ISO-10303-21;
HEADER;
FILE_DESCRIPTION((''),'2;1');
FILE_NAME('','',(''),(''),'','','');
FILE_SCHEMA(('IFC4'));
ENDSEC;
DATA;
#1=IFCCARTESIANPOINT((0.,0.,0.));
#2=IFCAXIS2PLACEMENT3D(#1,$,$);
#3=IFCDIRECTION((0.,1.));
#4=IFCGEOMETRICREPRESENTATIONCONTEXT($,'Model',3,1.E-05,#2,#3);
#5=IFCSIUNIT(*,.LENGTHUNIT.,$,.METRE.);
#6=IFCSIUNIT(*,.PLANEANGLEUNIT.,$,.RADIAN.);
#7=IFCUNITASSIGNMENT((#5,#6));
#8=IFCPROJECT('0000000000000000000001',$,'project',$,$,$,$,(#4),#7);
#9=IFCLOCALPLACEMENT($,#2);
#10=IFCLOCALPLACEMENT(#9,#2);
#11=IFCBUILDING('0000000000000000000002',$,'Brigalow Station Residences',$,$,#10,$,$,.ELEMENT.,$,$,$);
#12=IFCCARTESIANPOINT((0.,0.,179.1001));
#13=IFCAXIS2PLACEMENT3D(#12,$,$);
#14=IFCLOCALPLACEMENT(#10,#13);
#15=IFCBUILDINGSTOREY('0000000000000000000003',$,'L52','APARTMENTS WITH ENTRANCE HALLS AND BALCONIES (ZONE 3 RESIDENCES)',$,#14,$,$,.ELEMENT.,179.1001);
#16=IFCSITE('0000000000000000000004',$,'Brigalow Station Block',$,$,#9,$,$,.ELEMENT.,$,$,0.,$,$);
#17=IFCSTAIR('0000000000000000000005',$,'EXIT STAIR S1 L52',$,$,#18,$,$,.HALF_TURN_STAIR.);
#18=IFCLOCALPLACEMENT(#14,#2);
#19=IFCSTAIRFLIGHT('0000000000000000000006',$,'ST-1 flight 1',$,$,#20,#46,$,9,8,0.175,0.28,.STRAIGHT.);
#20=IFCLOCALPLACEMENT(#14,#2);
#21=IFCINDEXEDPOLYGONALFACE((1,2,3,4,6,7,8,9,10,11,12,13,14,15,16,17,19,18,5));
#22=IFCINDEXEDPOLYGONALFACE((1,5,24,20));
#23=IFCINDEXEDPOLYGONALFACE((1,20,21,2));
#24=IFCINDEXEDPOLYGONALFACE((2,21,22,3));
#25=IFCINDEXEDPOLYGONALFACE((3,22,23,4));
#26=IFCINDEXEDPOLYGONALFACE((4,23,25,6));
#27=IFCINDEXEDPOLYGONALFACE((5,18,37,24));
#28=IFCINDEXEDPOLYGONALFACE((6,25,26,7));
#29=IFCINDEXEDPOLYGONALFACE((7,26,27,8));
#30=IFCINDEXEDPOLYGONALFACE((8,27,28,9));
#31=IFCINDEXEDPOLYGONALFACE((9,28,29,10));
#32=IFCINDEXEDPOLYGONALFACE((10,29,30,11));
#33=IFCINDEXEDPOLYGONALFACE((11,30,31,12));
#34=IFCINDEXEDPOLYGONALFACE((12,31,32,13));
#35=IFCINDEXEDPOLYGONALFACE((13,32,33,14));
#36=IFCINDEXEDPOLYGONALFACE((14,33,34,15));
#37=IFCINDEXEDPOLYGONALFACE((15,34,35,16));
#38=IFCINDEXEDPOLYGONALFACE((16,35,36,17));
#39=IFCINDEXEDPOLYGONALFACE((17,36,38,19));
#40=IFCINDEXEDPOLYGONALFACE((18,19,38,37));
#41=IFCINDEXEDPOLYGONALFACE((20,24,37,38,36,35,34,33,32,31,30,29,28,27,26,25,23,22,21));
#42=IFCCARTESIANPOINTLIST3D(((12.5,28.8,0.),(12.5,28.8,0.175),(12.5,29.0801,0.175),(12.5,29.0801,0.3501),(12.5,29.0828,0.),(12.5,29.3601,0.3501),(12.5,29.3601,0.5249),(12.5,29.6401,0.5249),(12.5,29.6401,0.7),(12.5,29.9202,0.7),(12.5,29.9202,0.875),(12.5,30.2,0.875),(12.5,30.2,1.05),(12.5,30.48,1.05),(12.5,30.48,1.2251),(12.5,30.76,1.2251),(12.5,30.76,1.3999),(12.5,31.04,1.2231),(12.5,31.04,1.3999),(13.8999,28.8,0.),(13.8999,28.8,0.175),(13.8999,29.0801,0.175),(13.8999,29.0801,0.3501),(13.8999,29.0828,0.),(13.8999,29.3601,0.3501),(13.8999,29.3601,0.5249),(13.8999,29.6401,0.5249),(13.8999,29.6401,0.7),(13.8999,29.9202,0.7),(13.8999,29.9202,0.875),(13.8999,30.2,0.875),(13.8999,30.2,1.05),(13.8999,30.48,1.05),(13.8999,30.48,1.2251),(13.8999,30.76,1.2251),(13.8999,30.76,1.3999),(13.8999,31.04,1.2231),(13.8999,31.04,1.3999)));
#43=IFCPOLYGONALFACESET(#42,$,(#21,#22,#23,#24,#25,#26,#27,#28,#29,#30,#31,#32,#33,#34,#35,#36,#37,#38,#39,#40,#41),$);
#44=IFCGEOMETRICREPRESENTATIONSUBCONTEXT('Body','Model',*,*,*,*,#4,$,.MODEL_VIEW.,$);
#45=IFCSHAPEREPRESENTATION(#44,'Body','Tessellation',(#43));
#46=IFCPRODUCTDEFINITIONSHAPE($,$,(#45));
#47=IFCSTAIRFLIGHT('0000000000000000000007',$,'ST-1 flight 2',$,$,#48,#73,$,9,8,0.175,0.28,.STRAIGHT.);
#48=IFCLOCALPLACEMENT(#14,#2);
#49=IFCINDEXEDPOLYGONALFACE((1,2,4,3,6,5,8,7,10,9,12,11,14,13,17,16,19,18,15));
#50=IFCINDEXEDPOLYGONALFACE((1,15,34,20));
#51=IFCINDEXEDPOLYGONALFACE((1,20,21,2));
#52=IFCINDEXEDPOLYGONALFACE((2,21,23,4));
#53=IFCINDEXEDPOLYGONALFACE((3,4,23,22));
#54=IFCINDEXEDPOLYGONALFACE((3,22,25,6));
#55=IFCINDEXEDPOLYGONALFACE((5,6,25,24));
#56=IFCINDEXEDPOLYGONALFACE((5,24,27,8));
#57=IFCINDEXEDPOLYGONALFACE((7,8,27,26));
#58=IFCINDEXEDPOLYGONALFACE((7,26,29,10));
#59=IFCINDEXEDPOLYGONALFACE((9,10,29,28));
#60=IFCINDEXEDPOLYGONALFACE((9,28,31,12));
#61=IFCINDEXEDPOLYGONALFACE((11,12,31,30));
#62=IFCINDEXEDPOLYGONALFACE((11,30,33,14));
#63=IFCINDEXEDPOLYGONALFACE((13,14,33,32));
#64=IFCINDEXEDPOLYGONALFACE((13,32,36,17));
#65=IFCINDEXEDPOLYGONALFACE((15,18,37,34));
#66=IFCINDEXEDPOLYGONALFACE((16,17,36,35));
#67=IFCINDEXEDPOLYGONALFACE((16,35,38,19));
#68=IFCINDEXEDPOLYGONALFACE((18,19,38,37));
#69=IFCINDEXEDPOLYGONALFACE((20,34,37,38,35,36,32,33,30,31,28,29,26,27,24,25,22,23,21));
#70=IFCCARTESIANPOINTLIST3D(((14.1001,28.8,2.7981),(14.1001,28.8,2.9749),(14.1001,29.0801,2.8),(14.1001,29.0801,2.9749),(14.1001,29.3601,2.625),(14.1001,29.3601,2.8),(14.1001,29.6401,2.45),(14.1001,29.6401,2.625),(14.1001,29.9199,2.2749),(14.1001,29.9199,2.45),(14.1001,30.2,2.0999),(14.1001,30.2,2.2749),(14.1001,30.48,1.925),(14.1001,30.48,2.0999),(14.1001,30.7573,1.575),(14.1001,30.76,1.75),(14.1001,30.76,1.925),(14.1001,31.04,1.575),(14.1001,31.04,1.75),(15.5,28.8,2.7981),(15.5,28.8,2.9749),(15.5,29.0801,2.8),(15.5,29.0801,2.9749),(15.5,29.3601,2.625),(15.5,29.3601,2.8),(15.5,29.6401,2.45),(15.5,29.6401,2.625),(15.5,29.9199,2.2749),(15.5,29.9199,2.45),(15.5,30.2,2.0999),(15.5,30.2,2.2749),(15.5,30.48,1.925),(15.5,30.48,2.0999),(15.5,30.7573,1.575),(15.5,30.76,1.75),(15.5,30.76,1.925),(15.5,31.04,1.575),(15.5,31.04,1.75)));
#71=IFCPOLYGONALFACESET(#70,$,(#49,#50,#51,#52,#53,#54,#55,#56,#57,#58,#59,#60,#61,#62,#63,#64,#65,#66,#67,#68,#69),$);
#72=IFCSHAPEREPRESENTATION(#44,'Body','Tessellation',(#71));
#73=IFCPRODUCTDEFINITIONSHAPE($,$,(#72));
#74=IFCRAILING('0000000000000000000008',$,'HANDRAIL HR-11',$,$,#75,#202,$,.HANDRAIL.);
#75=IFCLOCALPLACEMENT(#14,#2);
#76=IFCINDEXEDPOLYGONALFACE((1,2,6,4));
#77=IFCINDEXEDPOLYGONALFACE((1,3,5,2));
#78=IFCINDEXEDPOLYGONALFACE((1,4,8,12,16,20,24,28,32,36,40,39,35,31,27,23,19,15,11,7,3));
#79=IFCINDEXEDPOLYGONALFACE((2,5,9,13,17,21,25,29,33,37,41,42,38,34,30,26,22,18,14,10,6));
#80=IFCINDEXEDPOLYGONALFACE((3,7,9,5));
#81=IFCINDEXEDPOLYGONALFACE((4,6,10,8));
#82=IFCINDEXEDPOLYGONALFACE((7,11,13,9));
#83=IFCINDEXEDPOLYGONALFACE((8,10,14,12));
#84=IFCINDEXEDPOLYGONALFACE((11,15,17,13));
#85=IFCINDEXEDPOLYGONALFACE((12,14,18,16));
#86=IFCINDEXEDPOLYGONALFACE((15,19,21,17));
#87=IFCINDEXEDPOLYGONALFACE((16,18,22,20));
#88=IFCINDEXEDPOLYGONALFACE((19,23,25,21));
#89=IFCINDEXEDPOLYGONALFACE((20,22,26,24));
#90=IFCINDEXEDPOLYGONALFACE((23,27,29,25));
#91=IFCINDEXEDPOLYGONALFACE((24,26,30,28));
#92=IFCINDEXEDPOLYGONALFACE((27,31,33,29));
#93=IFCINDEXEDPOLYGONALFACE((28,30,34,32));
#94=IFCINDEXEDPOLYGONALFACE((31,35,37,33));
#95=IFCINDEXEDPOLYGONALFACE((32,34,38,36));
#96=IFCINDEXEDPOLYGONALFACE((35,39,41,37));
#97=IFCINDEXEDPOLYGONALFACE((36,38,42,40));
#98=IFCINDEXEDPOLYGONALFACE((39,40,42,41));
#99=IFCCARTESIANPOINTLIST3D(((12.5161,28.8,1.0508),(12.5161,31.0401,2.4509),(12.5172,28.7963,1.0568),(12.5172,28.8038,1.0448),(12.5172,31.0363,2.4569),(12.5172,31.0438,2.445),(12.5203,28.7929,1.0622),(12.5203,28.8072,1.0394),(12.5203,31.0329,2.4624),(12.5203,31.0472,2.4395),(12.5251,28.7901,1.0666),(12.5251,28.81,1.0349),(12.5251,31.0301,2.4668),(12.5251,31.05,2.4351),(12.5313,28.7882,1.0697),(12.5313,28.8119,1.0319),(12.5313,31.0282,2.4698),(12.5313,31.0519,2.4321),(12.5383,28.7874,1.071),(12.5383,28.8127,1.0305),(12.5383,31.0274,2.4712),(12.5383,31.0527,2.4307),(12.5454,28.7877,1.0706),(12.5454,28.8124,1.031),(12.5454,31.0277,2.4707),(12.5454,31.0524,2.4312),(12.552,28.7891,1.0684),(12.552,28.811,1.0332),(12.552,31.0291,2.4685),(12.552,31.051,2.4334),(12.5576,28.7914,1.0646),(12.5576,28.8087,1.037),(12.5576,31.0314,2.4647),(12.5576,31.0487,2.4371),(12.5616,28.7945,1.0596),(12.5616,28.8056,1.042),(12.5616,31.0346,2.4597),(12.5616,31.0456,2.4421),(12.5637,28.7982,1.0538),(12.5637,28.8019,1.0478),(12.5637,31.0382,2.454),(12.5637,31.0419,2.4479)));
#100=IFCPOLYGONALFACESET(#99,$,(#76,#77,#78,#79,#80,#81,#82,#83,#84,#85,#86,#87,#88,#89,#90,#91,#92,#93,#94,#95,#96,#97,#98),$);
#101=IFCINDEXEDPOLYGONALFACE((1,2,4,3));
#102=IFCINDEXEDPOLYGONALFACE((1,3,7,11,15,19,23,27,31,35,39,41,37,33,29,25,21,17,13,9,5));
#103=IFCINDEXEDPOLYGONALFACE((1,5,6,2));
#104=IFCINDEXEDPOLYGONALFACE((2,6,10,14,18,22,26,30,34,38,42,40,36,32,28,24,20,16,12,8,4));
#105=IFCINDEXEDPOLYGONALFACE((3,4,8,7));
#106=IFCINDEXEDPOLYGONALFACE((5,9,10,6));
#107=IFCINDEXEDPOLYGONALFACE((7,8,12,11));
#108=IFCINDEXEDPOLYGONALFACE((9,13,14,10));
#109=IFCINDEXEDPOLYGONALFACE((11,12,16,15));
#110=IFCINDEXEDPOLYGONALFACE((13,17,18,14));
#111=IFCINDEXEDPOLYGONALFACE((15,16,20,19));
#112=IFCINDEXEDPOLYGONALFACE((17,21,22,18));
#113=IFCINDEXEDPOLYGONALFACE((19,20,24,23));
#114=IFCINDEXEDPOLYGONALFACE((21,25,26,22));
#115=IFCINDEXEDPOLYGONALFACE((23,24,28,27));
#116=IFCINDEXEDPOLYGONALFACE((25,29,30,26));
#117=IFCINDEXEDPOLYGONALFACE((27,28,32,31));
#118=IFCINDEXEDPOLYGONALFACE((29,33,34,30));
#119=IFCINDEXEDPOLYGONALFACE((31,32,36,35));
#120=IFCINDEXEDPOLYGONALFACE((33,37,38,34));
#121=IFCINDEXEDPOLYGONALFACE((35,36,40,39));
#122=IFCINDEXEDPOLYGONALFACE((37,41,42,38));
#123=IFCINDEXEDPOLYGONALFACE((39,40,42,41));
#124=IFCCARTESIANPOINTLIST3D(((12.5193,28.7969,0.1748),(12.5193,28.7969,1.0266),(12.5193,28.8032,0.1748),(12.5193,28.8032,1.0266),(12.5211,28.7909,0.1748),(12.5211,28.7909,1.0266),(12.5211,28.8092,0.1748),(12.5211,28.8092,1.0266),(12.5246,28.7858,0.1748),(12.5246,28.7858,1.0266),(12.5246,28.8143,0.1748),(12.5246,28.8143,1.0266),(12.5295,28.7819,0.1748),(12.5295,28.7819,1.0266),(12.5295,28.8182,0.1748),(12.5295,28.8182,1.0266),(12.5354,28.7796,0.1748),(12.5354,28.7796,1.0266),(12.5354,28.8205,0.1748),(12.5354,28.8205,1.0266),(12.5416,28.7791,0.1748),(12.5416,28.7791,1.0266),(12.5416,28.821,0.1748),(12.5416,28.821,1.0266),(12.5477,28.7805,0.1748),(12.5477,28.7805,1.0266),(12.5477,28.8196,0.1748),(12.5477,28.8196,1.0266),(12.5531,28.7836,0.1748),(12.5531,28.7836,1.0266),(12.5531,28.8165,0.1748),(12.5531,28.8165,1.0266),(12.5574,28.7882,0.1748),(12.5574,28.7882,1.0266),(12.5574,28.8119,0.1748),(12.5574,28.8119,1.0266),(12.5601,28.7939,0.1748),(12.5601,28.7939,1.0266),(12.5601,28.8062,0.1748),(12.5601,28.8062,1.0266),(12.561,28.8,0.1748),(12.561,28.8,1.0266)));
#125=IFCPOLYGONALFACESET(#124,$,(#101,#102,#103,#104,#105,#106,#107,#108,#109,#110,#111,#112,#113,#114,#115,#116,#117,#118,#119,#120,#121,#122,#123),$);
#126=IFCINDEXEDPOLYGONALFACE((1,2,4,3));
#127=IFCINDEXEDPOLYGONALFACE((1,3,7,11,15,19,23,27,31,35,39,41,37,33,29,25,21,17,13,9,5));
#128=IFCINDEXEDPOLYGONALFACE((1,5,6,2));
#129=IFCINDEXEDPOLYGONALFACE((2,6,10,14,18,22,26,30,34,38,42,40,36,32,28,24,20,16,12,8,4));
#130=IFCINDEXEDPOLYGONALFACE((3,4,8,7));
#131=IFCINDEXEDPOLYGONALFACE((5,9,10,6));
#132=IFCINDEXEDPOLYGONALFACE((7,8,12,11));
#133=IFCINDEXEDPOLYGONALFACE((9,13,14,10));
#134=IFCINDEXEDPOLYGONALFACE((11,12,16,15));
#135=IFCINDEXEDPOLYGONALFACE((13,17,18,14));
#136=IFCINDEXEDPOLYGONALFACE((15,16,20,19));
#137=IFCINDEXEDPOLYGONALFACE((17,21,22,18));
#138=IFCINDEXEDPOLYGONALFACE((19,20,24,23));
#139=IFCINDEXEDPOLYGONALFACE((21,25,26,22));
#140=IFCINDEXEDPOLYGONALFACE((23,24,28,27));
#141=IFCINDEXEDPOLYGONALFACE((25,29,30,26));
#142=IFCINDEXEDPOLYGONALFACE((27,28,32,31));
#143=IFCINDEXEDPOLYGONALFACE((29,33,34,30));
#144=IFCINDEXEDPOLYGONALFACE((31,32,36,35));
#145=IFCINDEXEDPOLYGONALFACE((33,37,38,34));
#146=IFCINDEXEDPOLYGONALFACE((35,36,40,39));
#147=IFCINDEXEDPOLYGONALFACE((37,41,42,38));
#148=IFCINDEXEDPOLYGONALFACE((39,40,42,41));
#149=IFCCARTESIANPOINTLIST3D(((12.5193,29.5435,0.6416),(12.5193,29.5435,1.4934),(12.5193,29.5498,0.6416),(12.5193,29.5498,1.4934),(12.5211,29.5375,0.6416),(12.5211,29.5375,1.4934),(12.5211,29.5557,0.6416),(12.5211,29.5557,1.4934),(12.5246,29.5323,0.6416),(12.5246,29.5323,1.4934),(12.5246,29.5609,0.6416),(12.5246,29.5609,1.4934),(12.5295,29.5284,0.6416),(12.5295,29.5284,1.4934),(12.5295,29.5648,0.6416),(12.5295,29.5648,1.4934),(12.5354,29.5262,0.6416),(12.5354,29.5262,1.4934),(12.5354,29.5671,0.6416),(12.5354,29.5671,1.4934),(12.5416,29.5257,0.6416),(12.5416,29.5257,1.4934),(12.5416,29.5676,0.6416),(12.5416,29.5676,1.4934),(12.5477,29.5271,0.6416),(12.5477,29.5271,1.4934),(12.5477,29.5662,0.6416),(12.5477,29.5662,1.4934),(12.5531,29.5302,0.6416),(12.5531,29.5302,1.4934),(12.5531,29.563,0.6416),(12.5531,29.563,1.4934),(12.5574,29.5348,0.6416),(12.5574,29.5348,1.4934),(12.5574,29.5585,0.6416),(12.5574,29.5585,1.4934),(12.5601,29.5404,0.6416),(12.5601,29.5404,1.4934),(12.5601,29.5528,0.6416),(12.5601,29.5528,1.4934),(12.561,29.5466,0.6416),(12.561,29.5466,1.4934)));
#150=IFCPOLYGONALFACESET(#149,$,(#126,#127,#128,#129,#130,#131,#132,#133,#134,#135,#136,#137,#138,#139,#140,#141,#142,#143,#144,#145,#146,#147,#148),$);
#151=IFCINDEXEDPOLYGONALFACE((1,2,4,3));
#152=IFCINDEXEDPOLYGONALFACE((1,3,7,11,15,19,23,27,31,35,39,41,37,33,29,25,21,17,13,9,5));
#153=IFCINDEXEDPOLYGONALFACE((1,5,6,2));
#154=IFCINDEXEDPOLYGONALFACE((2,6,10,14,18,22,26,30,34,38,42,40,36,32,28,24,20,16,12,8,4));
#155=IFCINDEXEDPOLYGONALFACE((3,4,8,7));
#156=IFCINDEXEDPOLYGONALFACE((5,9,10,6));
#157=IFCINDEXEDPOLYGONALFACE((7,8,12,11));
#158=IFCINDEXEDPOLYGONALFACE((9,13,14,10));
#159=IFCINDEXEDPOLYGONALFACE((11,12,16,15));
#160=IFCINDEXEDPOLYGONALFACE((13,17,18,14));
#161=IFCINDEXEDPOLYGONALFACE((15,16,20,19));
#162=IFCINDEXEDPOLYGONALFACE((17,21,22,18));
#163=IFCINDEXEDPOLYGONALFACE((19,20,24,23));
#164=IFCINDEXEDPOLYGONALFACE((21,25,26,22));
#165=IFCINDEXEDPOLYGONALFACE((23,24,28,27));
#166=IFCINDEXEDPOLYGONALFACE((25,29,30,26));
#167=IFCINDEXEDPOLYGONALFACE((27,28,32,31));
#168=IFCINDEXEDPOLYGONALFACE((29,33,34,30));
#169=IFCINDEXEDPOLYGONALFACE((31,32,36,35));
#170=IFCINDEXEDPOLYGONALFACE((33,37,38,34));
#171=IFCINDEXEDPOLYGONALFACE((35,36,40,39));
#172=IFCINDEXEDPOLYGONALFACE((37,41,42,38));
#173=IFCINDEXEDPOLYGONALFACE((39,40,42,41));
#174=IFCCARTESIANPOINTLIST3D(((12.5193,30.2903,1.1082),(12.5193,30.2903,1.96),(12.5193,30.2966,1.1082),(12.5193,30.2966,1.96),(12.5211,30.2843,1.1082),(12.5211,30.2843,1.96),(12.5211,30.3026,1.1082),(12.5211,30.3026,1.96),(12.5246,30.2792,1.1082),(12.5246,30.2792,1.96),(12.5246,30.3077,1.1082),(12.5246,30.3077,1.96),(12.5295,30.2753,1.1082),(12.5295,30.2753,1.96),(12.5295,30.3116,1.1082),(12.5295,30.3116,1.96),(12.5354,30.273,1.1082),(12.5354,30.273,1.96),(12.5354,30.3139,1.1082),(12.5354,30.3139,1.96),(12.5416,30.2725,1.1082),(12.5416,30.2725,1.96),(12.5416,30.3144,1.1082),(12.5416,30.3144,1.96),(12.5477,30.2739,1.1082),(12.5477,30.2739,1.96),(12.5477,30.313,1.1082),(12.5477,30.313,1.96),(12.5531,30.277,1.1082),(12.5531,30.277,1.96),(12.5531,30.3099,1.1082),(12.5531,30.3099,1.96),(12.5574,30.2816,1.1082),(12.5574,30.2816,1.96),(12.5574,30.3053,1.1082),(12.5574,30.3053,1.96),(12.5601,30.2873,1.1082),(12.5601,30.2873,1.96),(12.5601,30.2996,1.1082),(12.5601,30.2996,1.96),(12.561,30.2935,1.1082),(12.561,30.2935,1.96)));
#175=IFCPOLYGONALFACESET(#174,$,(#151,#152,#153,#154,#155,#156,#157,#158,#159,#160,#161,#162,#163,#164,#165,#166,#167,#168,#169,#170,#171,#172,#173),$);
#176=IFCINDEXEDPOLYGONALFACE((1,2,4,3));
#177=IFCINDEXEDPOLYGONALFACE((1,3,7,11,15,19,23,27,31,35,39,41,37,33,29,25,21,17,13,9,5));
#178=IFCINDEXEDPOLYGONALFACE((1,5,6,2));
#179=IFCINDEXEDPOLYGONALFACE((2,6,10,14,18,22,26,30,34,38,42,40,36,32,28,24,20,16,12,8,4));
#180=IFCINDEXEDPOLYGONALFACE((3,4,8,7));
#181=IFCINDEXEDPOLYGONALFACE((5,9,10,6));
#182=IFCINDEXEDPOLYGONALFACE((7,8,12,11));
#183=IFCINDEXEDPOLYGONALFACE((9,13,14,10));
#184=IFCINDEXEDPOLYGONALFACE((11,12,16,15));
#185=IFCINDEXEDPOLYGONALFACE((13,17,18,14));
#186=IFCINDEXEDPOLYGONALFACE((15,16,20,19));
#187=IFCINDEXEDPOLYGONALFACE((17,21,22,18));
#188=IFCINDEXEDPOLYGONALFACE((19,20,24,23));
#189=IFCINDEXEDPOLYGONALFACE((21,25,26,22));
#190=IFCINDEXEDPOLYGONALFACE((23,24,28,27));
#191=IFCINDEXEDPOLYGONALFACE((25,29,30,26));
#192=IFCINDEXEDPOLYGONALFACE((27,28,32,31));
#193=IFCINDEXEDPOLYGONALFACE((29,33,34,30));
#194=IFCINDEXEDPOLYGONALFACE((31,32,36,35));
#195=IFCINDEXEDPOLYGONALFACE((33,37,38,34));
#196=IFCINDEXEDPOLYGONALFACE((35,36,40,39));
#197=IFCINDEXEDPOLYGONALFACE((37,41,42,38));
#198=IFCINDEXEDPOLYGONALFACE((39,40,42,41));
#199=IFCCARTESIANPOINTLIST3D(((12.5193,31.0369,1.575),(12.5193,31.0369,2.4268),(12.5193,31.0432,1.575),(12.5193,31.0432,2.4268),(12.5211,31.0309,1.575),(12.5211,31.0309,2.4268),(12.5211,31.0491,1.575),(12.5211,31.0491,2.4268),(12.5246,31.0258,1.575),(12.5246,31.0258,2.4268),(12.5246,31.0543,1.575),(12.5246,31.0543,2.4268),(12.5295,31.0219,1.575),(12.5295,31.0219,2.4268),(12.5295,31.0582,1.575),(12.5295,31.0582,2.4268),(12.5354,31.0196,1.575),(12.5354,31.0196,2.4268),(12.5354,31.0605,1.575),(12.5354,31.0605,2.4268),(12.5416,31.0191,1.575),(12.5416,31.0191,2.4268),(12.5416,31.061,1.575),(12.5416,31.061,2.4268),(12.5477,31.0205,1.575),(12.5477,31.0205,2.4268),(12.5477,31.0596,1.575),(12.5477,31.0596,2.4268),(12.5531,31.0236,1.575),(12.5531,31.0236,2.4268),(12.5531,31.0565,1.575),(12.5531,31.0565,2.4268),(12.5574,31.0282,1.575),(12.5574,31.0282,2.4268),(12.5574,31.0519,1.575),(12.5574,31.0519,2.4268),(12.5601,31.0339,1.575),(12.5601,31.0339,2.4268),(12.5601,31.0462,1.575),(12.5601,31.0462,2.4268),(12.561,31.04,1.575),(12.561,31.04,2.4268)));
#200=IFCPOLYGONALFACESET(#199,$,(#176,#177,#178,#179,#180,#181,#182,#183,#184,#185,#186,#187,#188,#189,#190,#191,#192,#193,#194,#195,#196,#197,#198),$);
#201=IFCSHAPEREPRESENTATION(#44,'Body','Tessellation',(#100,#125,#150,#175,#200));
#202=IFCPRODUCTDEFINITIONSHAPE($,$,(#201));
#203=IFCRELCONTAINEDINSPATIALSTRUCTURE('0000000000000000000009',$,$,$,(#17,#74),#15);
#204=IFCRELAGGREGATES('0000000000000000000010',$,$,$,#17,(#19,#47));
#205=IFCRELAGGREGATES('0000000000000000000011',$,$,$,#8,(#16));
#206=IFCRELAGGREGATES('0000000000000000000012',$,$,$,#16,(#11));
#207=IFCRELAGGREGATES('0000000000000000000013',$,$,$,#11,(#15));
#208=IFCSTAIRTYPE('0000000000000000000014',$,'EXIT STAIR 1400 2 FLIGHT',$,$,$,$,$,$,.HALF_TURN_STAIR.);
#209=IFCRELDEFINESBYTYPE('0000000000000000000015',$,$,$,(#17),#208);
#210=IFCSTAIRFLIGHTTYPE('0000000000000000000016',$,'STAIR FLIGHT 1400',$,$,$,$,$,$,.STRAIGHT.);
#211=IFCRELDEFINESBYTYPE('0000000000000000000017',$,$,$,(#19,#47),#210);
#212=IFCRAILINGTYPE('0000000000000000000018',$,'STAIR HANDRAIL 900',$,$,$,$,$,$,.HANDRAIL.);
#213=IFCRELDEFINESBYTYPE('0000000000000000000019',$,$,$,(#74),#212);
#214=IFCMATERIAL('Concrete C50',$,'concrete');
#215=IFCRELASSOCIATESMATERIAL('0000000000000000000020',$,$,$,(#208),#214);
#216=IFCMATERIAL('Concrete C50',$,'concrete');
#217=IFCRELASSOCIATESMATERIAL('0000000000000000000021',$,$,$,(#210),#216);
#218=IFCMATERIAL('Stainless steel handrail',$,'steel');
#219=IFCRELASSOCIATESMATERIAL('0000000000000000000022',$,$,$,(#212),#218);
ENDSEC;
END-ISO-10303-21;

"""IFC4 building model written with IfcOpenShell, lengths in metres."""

from ifc_helpers import new_model, si_unit, direction, frame, origin, origin_2d, place, context, subcontext, project, spatial, polyline, circle, outline, extrude, material, type_object, element, aggregate, save


model = new_model("IFC4")

# Units and contexts
model_context = context("Model", 3, precision=1e-05, world=origin(), true_north=direction((0.0, 1.0)))
body_context = subcontext(model_context, "Body", "Model", "MODEL_VIEW")
ifc_project = project(units=[si_unit("LENGTHUNIT", "METRE"), si_unit("PLANEANGLEUNIT", "RADIAN")], contexts=[model_context])

# Site, building, storey
site_placement = place(None, origin())
site = spatial("IfcSite", under=ifc_project, at=site_placement, Name="Brigalow Station Block", CompositionType="ELEMENT", RefElevation=0.0)
building_placement = place(site_placement, origin())
building = spatial("IfcBuilding", under=site, at=building_placement, Name="Brigalow Station Residences", CompositionType="ELEMENT")
storey_placement = place(building_placement, frame((0.0, 0.0, 179.1001)))
storey = spatial("IfcBuildingStorey", under=building, at=storey_placement, Name="L52", Description="APARTMENTS WITH ENTRANCE HALLS AND BALCONIES (ZONE 3 RESIDENCES)", CompositionType="ELEMENT", Elevation=179.1001)

# Stair, stair flights
ifc_material_1 = material(Name="Concrete C50", Category="concrete")
stair_type = type_object("IfcStairType", Name="EXIT STAIR 1400 2 FLIGHT", PredefinedType="HALF_TURN_STAIR", material=ifc_material_1)
stair_placement = place(storey_placement, origin())
stair = element("IfcStair", 1, at=stair_placement, inside=storey, type_object=stair_type, Name="EXIT STAIR S1 L52", PredefinedType="HALF_TURN_STAIR")
ifc_material_2 = material(Name="Concrete C50", Category="concrete")
stair_flight_type = type_object("IfcStairFlightType", Name="STAIR FLIGHT 1400", PredefinedType="STRAIGHT", material=ifc_material_2)
stair_flight_1_placement = place(storey_placement, frame((13.2, 28.8, 0.0), z_axis=(0.0, 0.0, 1.0), x_axis=(0.0, 1.0, 0.0)))
stair_flight_1 = element("IfcStairFlight", 2, at=stair_flight_1_placement, type_object=stair_flight_type, Name="ST-1 flight 1", NumberOfRisers=9, NumberOfTreads=8, PredefinedType="STRAIGHT", RiserHeight=0.175, TreadLength=0.28, context=body_context, shape_type="SweptSolid", body=[
    extrude(outline(polyline([(0.0, 0.0), (0.0, 0.175), (0.28, 0.175), (0.28, 0.3501), (0.5601, 0.3501), (0.5601, 0.5249), (0.8401, 0.5249), (0.8401, 0.7), (1.1201, 0.7), (1.1201, 0.875), (1.3999, 0.875), (1.3999, 1.05), (1.6799, 1.05), (1.6799, 1.2251), (1.96, 1.2251), (1.96, 1.3999), (2.24, 1.3999), (2.24, 1.575), (2.24, 1.2231), (0.2827, 0.0), (0.0, 0.0)])), frame((0.0, 0.7, 0.0), z_axis=(0.0, -1.0, 0.0), x_axis=(1.0, 0.0, 0.0)), (0.0, 0.0, 1.0), 1.3999),
])
stair_flight_2_placement = place(storey_placement, frame((14.8, 31.04, 1.575), z_axis=(0.0, 0.0, 1.0), x_axis=(0.0, -1.0, 0.0)))
stair_flight_2 = element("IfcStairFlight", 3, at=stair_flight_2_placement, type_object=stair_flight_type, Name="ST-1 flight 2", NumberOfRisers=9, NumberOfTreads=8, PredefinedType="STRAIGHT", RiserHeight=0.175, TreadLength=0.28, context=body_context, shape_type="SweptSolid", body=[
    extrude(outline(polyline([(0.0, 0.0), (0.0, 0.175), (0.28, 0.175), (0.28, 0.3501), (0.5601, 0.3501), (0.5601, 0.5249), (0.8401, 0.5249), (0.8401, 0.7), (1.1201, 0.7), (1.1201, 0.875), (1.3999, 0.875), (1.3999, 1.05), (1.6799, 1.05), (1.6799, 1.2251), (1.96, 1.2251), (1.96, 1.3999), (2.24, 1.3999), (2.24, 1.575), (2.24, 1.2231), (0.2827, 0.0), (0.0, 0.0)])), frame((0.0, 0.7, 0.0), z_axis=(0.0, -1.0, 0.0), x_axis=(1.0, 0.0, 0.0)), (0.0, 0.0, 1.0), 1.3999),
])
aggregate(stair, [stair_flight_1, stair_flight_2])

# Railing
ifc_material_3 = material(Name="Stainless steel handrail", Category="steel")
railing_type_1 = type_object("IfcRailingType", Name="STAIR HANDRAIL 900", PredefinedType="HANDRAIL", material=ifc_material_3)
railing_1_placement = place(storey_placement, frame((12.54, 28.8, 0.1748)))
element("IfcRailing", 4, at=railing_1_placement, inside=storey, type_object=railing_type_1, Name="HANDRAIL HR-11", PredefinedType="HANDRAIL", context=body_context, shape_type="SweptSolid", body=[
    extrude(circle(Radius=0.0239, at=origin_2d()), frame((0.0, 0.0, 0.876), z_axis=(0.0, 0.847972, 0.53004), x_axis=(-1.0, 0.0, 0.0)), (0.0, 0.0, 1.0), 2.6416),
    extrude(circle(Radius=0.021, at=origin_2d()), origin(), (0.0, 0.0, 1.0), 0.8518),
    extrude(circle(Radius=0.021, at=origin_2d()), frame((0.0, 0.7466, 0.4668)), (0.0, 0.0, 1.0), 0.8518),
    extrude(circle(Radius=0.021, at=origin_2d()), frame((0.0, 1.4934, 0.9333)), (0.0, 0.0, 1.0), 0.8518),
    extrude(circle(Radius=0.021, at=origin_2d()), frame((0.0, 2.24, 1.4001)), (0.0, 0.0, 1.0), 0.8518),
])

save(model, "model.ifc")
